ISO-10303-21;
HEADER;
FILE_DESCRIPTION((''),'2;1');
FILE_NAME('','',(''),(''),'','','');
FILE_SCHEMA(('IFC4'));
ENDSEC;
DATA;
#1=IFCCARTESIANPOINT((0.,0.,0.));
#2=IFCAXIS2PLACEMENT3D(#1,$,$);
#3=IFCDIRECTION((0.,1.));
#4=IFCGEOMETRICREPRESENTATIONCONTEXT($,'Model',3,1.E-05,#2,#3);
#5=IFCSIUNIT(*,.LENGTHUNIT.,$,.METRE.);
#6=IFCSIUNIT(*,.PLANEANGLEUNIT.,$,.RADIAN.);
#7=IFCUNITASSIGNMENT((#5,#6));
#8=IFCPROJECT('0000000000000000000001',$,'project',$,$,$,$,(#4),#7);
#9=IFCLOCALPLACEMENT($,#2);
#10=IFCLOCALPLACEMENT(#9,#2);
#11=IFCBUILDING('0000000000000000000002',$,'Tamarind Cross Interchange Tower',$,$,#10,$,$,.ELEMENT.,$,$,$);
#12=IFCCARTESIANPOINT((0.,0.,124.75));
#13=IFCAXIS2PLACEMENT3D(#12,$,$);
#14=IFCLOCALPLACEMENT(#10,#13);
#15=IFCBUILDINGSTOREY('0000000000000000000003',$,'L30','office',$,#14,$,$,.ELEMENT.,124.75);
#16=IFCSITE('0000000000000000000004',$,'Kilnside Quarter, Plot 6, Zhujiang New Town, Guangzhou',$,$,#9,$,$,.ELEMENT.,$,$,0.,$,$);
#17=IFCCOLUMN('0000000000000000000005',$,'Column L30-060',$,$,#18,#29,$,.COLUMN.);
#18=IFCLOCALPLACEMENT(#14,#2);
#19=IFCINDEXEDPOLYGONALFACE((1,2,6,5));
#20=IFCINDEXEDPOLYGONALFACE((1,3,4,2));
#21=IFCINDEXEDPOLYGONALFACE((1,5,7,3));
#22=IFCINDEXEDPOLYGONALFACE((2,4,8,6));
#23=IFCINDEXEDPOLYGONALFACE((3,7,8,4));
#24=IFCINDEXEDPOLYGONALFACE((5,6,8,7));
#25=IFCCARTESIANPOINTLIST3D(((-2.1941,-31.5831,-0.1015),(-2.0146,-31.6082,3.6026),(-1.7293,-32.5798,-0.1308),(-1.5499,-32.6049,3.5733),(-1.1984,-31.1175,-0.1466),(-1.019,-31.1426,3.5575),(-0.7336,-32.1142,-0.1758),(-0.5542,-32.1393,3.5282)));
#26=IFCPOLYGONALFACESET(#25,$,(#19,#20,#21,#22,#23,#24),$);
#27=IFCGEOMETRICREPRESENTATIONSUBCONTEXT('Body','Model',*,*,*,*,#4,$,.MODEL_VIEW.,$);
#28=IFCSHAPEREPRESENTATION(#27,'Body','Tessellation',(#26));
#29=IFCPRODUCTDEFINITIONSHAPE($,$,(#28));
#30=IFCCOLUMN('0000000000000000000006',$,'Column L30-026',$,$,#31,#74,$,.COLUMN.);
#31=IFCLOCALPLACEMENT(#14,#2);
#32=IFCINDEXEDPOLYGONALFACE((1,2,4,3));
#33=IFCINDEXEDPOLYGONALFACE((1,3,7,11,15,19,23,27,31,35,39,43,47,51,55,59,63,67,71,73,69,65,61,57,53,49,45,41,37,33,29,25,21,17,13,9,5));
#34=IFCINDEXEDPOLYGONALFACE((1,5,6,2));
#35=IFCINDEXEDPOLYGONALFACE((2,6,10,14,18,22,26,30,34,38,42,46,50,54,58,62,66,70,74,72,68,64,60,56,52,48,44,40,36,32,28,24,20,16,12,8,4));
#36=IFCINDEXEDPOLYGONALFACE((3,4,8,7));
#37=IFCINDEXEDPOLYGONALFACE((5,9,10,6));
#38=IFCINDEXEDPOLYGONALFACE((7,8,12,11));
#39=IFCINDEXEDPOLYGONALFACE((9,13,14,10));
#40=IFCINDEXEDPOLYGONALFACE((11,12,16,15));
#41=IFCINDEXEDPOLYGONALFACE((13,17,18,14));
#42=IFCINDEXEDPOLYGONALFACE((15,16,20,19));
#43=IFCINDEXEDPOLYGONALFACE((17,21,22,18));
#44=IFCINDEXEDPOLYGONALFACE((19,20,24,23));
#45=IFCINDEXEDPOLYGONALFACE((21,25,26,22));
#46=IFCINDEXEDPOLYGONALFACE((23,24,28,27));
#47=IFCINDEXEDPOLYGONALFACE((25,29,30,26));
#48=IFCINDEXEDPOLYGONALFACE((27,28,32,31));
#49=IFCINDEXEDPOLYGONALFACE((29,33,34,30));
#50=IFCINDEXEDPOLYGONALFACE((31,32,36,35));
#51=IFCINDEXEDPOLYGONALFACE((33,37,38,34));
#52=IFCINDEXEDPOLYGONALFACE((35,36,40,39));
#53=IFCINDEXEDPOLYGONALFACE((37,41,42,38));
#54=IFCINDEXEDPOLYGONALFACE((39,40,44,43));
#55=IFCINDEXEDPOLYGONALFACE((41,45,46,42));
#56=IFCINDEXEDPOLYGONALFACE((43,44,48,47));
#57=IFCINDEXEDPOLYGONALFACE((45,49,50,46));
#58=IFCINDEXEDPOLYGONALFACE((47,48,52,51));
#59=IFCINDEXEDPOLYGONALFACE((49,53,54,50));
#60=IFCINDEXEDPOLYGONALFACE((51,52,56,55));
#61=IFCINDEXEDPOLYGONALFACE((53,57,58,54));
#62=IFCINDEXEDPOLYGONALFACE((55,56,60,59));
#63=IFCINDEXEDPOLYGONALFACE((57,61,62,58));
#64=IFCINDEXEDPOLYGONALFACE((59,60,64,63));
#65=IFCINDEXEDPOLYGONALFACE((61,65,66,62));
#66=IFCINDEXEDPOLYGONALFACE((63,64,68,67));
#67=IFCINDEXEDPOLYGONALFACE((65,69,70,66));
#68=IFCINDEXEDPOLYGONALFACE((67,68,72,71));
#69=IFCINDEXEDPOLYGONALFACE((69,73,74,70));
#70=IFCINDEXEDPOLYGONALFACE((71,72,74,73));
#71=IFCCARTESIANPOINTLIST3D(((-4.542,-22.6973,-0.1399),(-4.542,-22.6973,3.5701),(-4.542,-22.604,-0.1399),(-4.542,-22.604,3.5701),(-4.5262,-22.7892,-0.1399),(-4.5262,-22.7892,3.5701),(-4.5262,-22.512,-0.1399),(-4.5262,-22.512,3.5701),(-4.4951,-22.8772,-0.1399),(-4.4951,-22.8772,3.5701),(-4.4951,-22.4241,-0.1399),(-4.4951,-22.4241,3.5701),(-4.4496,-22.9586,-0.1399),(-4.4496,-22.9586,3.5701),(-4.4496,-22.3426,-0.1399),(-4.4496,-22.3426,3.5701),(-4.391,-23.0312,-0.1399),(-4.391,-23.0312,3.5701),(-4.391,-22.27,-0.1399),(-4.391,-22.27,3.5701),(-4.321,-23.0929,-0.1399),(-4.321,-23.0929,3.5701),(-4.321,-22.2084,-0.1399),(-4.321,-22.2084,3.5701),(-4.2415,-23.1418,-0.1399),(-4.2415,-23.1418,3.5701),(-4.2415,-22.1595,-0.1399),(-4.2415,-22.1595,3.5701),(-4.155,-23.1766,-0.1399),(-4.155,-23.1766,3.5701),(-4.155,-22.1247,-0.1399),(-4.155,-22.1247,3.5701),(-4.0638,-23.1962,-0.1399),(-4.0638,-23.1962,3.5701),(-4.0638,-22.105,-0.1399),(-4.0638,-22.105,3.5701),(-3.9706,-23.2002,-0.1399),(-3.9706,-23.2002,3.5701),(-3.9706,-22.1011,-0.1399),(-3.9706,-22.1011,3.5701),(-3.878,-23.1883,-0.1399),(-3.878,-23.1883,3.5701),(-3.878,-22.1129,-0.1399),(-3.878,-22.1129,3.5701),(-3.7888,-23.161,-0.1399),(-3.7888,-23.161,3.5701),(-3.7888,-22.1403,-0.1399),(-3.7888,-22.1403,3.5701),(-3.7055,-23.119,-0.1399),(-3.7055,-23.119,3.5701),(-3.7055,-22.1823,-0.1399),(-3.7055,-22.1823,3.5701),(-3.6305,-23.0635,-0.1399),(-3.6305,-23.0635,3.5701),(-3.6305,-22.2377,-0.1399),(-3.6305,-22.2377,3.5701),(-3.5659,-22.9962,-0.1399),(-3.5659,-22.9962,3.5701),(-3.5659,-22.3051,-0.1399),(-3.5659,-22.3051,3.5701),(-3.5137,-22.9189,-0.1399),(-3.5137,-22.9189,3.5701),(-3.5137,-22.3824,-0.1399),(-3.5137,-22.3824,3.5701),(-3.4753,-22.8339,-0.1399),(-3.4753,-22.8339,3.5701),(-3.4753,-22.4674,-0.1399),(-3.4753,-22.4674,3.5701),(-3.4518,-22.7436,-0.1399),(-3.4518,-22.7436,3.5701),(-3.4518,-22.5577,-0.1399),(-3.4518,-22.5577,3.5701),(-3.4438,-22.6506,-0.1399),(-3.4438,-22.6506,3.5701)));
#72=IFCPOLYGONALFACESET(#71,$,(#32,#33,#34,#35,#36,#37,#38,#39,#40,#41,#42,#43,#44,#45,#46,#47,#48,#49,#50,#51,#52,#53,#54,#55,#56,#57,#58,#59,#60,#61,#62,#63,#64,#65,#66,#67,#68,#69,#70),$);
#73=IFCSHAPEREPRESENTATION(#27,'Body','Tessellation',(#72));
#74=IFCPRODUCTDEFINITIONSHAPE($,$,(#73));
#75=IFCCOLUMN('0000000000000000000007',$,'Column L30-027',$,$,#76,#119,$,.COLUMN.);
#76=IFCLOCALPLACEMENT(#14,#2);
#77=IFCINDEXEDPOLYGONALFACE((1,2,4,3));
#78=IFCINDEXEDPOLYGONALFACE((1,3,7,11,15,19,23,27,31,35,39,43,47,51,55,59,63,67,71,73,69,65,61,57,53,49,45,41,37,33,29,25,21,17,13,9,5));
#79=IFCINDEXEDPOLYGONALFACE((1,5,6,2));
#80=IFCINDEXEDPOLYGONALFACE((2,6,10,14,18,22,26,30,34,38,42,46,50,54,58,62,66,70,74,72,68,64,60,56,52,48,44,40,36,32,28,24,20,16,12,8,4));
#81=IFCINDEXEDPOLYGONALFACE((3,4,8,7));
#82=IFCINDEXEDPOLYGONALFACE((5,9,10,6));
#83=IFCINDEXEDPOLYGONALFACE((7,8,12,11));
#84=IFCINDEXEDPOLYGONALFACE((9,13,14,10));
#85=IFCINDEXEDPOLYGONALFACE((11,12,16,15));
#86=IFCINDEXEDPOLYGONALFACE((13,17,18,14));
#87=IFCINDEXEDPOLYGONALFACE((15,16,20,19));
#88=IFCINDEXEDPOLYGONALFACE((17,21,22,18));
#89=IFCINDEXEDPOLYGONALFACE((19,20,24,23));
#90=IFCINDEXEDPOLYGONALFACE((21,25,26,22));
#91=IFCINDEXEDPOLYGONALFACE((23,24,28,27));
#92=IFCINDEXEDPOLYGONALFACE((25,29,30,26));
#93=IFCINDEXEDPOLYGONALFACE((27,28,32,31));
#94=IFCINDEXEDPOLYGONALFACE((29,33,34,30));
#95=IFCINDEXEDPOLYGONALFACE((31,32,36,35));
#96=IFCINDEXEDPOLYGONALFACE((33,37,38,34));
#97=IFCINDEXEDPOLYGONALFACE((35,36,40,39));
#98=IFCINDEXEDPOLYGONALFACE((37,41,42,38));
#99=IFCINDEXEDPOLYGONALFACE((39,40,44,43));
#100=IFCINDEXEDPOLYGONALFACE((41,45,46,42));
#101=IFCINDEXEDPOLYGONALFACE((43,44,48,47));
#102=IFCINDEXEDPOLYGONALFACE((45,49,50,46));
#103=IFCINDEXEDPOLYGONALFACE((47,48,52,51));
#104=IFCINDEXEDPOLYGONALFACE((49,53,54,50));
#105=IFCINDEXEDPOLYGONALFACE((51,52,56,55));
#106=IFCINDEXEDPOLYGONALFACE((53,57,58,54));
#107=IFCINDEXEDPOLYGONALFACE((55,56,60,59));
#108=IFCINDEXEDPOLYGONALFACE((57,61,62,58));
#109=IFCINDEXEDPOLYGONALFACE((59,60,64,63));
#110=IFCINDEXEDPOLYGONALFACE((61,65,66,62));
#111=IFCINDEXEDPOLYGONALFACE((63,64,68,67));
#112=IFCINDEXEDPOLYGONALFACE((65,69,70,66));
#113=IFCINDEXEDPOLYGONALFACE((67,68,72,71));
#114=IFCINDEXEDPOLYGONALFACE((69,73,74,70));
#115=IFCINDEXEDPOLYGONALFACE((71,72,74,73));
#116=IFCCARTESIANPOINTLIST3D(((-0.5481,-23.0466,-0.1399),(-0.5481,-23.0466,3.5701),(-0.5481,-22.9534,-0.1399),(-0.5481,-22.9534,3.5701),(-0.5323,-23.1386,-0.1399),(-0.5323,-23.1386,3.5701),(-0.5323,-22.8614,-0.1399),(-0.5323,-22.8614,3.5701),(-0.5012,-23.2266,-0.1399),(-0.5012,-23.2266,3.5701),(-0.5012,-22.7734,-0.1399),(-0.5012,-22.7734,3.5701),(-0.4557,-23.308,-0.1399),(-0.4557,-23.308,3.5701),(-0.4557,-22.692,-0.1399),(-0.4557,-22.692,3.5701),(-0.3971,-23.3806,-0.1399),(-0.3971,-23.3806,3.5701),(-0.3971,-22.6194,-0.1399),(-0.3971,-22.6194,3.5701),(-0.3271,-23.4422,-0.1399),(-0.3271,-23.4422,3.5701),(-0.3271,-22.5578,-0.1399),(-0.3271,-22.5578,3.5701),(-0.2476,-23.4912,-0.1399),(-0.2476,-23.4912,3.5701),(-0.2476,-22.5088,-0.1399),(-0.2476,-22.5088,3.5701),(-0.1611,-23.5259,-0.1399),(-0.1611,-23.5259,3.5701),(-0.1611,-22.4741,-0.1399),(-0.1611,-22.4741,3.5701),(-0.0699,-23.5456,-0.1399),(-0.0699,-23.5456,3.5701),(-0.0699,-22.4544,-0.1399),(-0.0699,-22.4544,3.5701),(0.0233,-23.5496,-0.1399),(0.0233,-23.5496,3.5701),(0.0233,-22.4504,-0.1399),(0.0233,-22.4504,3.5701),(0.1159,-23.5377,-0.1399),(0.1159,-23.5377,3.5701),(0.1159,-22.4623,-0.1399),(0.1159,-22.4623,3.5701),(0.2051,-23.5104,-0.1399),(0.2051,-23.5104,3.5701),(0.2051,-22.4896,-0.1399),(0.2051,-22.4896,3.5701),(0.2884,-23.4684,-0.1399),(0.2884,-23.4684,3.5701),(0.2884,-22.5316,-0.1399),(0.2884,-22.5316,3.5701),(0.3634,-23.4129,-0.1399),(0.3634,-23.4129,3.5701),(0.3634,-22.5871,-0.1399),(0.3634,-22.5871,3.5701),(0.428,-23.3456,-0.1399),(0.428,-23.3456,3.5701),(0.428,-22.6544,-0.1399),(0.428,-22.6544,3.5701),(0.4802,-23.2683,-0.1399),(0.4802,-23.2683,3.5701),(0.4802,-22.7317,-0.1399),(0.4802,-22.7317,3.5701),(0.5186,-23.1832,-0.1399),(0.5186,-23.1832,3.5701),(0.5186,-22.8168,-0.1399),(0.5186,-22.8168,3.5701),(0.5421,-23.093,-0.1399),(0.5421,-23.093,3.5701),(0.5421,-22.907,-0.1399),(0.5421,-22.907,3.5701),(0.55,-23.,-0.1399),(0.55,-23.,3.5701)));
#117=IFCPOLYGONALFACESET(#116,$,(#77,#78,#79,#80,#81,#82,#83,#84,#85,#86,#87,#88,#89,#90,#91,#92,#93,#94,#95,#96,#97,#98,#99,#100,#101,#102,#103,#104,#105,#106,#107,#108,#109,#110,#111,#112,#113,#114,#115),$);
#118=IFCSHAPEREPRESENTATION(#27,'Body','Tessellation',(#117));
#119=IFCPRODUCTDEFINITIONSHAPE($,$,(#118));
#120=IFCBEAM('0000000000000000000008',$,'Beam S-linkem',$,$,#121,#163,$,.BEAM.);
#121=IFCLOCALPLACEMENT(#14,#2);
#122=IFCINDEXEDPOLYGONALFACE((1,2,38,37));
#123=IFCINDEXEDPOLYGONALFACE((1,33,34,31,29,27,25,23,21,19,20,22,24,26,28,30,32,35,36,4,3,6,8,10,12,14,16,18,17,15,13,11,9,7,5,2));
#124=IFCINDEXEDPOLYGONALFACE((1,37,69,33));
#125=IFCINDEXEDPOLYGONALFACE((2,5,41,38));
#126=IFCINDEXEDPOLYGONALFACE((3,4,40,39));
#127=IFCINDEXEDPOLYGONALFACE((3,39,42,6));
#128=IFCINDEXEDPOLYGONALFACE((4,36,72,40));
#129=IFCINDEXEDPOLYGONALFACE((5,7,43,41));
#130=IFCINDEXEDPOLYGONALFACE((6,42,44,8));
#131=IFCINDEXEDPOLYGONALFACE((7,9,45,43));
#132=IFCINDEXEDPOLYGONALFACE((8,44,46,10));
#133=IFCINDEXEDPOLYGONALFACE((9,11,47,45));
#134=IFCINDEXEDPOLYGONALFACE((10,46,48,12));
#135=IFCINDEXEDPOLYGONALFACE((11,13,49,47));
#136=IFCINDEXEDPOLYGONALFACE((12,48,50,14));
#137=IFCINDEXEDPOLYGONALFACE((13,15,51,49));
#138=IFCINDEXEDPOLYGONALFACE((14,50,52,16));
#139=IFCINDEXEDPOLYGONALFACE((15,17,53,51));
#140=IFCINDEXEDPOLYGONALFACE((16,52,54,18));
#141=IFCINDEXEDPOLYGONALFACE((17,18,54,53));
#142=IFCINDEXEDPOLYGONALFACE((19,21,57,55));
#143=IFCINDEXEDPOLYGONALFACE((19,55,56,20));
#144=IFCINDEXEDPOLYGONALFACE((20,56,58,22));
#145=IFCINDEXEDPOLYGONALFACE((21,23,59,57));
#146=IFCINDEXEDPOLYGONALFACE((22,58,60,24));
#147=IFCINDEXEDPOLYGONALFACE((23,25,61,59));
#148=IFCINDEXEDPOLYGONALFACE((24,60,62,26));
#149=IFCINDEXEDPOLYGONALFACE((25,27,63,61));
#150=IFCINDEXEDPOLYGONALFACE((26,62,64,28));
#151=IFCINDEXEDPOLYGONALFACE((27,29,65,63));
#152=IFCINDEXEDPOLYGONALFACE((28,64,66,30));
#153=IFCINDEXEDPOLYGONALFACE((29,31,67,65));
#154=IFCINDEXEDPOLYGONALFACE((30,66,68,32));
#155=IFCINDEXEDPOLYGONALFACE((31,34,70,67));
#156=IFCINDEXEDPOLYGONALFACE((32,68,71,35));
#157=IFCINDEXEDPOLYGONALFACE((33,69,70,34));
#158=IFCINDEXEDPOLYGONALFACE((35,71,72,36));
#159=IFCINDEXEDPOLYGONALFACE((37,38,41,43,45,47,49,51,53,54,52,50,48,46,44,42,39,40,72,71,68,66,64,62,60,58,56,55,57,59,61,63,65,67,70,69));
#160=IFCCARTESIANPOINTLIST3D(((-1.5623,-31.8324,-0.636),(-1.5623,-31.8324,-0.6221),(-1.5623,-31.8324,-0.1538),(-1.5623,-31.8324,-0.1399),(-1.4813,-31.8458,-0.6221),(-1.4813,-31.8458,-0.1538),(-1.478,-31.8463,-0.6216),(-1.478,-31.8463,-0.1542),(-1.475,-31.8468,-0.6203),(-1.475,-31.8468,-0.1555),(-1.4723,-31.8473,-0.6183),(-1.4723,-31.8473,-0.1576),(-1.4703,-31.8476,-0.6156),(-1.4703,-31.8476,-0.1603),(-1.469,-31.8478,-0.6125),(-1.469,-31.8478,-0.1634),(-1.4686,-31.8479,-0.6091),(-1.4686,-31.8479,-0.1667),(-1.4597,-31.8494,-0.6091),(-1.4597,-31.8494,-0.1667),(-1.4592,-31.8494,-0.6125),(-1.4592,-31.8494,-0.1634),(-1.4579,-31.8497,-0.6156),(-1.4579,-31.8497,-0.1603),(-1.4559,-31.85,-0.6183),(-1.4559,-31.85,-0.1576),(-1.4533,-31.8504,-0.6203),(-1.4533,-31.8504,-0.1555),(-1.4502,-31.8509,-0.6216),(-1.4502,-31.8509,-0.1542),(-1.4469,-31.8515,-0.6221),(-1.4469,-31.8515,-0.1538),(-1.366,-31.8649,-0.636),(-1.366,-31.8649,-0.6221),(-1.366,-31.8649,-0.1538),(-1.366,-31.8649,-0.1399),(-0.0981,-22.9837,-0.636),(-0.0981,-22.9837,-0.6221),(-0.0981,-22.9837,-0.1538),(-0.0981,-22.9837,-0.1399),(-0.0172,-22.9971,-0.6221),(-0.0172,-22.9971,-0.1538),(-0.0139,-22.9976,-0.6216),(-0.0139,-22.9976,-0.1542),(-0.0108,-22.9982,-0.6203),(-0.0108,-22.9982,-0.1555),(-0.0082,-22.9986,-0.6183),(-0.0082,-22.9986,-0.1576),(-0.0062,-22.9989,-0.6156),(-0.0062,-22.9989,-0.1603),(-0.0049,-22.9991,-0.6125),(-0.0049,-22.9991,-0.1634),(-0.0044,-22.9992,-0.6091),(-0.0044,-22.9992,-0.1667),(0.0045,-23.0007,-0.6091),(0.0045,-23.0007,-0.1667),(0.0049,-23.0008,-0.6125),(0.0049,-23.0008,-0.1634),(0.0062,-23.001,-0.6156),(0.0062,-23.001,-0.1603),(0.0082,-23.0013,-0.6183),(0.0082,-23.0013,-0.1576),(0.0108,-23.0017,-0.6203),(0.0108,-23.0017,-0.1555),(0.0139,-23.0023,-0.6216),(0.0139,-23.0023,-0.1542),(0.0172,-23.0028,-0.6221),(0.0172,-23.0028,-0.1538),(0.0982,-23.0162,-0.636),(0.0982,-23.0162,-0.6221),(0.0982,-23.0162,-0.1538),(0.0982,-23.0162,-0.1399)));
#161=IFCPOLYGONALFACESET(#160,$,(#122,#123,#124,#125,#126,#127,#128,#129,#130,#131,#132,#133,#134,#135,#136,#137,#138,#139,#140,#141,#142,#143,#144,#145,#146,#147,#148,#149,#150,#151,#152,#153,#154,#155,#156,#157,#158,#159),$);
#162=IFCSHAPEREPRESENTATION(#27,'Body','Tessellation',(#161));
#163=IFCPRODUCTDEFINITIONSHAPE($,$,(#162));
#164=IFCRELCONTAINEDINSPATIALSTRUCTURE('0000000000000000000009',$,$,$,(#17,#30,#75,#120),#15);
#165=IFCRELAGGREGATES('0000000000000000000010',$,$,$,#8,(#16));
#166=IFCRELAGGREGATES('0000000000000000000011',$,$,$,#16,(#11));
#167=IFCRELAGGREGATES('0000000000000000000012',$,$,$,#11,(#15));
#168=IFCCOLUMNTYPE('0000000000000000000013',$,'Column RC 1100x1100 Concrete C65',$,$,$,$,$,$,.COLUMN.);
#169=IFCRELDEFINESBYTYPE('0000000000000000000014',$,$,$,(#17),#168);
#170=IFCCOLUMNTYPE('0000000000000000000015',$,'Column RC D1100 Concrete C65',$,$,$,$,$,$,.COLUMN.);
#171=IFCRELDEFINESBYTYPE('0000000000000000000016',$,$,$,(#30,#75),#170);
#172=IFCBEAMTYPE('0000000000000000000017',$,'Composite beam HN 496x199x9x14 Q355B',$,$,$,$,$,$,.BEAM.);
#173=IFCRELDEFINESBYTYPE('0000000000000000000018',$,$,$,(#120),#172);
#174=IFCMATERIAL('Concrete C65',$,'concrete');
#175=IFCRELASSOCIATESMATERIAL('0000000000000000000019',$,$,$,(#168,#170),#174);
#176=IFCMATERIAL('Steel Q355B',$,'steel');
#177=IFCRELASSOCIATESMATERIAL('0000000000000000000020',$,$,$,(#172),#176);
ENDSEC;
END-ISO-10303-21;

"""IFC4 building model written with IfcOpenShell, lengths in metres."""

from ifc_helpers import new_model, si_unit, direction, frame, origin, origin_2d, place, context, subcontext, project, spatial, rectangle, circle, i_section, extrude, material, material_profile, profile_set, type_object, element, save


model = new_model("IFC4")

# Units and contexts
model_context = context("Model", 3, precision=1e-05, world=origin(), true_north=direction((0.0, 1.0)))
body_context = subcontext(model_context, "Body", "Model", "MODEL_VIEW")
ifc_project = project(units=[si_unit("LENGTHUNIT", "METRE"), si_unit("PLANEANGLEUNIT", "RADIAN")], contexts=[model_context])

# Site, building, storey
site_placement = place(None, origin())
site = spatial("IfcSite", under=ifc_project, at=site_placement, Name="Kilnside Quarter, Plot 6, Zhujiang New Town, Guangzhou", CompositionType="ELEMENT", RefElevation=0.0)
building_placement = place(site_placement, origin())
building = spatial("IfcBuilding", under=site, at=building_placement, Name="Tamarind Cross Interchange Tower", CompositionType="ELEMENT")
storey_placement = place(building_placement, frame((0.0, 0.0, 124.75)))
storey = spatial("IfcBuildingStorey", under=building, at=storey_placement, Name="L30", Description="office", CompositionType="ELEMENT", Elevation=124.75)

# Columns
ifc_material_1 = material(Name="Concrete C65", Category="concrete")
ifc_material_profile_1 = material_profile(ifc_material_1, rectangle(XDim=1.1001, YDim=1.1001, at=origin_2d()), Name="RC 1100x1100")
ifc_profile_set_1 = profile_set([ifc_material_profile_1], Name="Concrete C65")
column_type_1 = type_object("IfcColumnType", Name="Column RC 1100x1100 Concrete C65", PredefinedType="COLUMN", material=ifc_profile_set_1)
column_placement = place(storey_placement, frame((-1.4639, -31.8486, -0.1387), z_axis=(0.048387, -0.006781, 0.998806), x_axis=(-0.422461, 0.90599, 0.026617)))
element("IfcColumn", 1, at=column_placement, inside=storey, type_object=column_type_1, Name="Column L30-060", PredefinedType="COLUMN", context=body_context, shape_type="SweptSolid", body=[
    extrude(rectangle(XDim=1.1001, YDim=1.1001, at=origin_2d()), origin(), (0.0, 0.0, 1.0), 3.7085),
])
ifc_material_profile_2 = material_profile(ifc_material_1, circle(Radius=0.55, at=origin_2d()), Name="RC D1100")
ifc_profile_set_2 = profile_set([ifc_material_profile_2], Name="Concrete C65")
column_type_2 = type_object("IfcColumnType", Name="Column RC D1100 Concrete C65", PredefinedType="COLUMN", material=ifc_profile_set_2)
for number, where, z_axis, x_axis, name in (
    (2, (-3.9939, -22.6506, -0.1399), (0.0, 0.0, 1.0), (1.0, 0.0, 0.0), "Column L30-026"),
    (3, (0.0, -23.0, -0.1399), (0.0, 0.0, 1.0), (1.0, 0.0, 0.0), "Column L30-027"),
):
    element("IfcColumn", number, at=place(storey_placement, frame(where, z_axis=z_axis, x_axis=x_axis)), inside=storey, type_object=column_type_2, Name=name, PredefinedType="COLUMN", context=body_context, shape_type="SweptSolid", body=[
        extrude(circle(Radius=0.55, at=origin_2d()), origin(), (0.0, 0.0, 1.0), 3.71),
    ])

# Beam
ifc_material_2 = material(Name="Steel Q355B", Category="steel")
ifc_material_profile_3 = material_profile(ifc_material_2, i_section(OverallWidth=0.199, OverallDepth=0.4961, WebThickness=0.009, FlangeThickness=0.0139, FilletRadius=0.0129, at=origin_2d()), Name="HN 496x199x9x14")
ifc_profile_set_3 = profile_set([ifc_material_profile_3], Name="Steel Q355B")
beam_type_1 = type_object("IfcBeamType", Name="Composite beam HN 496x199x9x14 Q355B", PredefinedType="BEAM", material=ifc_profile_set_3)
beam_1_placement = place(storey_placement, frame((-1.4641, -31.8486, -0.3879), z_axis=(0.163242, 0.986586, 0.0), x_axis=(-0.986586, 0.163242, 0.0)))
element("IfcBeam", 4, at=beam_1_placement, inside=storey, type_object=beam_type_1, Name="Beam S-linkem", PredefinedType="BEAM", context=body_context, shape_type="SweptSolid", body=[
    extrude(i_section(OverallWidth=0.199, OverallDepth=0.4961, WebThickness=0.009, FlangeThickness=0.0139, FilletRadius=0.0129, at=origin_2d()), origin(), (0.0, 0.0, 1.0), 8.969),
])

save(model, "model.ifc")
